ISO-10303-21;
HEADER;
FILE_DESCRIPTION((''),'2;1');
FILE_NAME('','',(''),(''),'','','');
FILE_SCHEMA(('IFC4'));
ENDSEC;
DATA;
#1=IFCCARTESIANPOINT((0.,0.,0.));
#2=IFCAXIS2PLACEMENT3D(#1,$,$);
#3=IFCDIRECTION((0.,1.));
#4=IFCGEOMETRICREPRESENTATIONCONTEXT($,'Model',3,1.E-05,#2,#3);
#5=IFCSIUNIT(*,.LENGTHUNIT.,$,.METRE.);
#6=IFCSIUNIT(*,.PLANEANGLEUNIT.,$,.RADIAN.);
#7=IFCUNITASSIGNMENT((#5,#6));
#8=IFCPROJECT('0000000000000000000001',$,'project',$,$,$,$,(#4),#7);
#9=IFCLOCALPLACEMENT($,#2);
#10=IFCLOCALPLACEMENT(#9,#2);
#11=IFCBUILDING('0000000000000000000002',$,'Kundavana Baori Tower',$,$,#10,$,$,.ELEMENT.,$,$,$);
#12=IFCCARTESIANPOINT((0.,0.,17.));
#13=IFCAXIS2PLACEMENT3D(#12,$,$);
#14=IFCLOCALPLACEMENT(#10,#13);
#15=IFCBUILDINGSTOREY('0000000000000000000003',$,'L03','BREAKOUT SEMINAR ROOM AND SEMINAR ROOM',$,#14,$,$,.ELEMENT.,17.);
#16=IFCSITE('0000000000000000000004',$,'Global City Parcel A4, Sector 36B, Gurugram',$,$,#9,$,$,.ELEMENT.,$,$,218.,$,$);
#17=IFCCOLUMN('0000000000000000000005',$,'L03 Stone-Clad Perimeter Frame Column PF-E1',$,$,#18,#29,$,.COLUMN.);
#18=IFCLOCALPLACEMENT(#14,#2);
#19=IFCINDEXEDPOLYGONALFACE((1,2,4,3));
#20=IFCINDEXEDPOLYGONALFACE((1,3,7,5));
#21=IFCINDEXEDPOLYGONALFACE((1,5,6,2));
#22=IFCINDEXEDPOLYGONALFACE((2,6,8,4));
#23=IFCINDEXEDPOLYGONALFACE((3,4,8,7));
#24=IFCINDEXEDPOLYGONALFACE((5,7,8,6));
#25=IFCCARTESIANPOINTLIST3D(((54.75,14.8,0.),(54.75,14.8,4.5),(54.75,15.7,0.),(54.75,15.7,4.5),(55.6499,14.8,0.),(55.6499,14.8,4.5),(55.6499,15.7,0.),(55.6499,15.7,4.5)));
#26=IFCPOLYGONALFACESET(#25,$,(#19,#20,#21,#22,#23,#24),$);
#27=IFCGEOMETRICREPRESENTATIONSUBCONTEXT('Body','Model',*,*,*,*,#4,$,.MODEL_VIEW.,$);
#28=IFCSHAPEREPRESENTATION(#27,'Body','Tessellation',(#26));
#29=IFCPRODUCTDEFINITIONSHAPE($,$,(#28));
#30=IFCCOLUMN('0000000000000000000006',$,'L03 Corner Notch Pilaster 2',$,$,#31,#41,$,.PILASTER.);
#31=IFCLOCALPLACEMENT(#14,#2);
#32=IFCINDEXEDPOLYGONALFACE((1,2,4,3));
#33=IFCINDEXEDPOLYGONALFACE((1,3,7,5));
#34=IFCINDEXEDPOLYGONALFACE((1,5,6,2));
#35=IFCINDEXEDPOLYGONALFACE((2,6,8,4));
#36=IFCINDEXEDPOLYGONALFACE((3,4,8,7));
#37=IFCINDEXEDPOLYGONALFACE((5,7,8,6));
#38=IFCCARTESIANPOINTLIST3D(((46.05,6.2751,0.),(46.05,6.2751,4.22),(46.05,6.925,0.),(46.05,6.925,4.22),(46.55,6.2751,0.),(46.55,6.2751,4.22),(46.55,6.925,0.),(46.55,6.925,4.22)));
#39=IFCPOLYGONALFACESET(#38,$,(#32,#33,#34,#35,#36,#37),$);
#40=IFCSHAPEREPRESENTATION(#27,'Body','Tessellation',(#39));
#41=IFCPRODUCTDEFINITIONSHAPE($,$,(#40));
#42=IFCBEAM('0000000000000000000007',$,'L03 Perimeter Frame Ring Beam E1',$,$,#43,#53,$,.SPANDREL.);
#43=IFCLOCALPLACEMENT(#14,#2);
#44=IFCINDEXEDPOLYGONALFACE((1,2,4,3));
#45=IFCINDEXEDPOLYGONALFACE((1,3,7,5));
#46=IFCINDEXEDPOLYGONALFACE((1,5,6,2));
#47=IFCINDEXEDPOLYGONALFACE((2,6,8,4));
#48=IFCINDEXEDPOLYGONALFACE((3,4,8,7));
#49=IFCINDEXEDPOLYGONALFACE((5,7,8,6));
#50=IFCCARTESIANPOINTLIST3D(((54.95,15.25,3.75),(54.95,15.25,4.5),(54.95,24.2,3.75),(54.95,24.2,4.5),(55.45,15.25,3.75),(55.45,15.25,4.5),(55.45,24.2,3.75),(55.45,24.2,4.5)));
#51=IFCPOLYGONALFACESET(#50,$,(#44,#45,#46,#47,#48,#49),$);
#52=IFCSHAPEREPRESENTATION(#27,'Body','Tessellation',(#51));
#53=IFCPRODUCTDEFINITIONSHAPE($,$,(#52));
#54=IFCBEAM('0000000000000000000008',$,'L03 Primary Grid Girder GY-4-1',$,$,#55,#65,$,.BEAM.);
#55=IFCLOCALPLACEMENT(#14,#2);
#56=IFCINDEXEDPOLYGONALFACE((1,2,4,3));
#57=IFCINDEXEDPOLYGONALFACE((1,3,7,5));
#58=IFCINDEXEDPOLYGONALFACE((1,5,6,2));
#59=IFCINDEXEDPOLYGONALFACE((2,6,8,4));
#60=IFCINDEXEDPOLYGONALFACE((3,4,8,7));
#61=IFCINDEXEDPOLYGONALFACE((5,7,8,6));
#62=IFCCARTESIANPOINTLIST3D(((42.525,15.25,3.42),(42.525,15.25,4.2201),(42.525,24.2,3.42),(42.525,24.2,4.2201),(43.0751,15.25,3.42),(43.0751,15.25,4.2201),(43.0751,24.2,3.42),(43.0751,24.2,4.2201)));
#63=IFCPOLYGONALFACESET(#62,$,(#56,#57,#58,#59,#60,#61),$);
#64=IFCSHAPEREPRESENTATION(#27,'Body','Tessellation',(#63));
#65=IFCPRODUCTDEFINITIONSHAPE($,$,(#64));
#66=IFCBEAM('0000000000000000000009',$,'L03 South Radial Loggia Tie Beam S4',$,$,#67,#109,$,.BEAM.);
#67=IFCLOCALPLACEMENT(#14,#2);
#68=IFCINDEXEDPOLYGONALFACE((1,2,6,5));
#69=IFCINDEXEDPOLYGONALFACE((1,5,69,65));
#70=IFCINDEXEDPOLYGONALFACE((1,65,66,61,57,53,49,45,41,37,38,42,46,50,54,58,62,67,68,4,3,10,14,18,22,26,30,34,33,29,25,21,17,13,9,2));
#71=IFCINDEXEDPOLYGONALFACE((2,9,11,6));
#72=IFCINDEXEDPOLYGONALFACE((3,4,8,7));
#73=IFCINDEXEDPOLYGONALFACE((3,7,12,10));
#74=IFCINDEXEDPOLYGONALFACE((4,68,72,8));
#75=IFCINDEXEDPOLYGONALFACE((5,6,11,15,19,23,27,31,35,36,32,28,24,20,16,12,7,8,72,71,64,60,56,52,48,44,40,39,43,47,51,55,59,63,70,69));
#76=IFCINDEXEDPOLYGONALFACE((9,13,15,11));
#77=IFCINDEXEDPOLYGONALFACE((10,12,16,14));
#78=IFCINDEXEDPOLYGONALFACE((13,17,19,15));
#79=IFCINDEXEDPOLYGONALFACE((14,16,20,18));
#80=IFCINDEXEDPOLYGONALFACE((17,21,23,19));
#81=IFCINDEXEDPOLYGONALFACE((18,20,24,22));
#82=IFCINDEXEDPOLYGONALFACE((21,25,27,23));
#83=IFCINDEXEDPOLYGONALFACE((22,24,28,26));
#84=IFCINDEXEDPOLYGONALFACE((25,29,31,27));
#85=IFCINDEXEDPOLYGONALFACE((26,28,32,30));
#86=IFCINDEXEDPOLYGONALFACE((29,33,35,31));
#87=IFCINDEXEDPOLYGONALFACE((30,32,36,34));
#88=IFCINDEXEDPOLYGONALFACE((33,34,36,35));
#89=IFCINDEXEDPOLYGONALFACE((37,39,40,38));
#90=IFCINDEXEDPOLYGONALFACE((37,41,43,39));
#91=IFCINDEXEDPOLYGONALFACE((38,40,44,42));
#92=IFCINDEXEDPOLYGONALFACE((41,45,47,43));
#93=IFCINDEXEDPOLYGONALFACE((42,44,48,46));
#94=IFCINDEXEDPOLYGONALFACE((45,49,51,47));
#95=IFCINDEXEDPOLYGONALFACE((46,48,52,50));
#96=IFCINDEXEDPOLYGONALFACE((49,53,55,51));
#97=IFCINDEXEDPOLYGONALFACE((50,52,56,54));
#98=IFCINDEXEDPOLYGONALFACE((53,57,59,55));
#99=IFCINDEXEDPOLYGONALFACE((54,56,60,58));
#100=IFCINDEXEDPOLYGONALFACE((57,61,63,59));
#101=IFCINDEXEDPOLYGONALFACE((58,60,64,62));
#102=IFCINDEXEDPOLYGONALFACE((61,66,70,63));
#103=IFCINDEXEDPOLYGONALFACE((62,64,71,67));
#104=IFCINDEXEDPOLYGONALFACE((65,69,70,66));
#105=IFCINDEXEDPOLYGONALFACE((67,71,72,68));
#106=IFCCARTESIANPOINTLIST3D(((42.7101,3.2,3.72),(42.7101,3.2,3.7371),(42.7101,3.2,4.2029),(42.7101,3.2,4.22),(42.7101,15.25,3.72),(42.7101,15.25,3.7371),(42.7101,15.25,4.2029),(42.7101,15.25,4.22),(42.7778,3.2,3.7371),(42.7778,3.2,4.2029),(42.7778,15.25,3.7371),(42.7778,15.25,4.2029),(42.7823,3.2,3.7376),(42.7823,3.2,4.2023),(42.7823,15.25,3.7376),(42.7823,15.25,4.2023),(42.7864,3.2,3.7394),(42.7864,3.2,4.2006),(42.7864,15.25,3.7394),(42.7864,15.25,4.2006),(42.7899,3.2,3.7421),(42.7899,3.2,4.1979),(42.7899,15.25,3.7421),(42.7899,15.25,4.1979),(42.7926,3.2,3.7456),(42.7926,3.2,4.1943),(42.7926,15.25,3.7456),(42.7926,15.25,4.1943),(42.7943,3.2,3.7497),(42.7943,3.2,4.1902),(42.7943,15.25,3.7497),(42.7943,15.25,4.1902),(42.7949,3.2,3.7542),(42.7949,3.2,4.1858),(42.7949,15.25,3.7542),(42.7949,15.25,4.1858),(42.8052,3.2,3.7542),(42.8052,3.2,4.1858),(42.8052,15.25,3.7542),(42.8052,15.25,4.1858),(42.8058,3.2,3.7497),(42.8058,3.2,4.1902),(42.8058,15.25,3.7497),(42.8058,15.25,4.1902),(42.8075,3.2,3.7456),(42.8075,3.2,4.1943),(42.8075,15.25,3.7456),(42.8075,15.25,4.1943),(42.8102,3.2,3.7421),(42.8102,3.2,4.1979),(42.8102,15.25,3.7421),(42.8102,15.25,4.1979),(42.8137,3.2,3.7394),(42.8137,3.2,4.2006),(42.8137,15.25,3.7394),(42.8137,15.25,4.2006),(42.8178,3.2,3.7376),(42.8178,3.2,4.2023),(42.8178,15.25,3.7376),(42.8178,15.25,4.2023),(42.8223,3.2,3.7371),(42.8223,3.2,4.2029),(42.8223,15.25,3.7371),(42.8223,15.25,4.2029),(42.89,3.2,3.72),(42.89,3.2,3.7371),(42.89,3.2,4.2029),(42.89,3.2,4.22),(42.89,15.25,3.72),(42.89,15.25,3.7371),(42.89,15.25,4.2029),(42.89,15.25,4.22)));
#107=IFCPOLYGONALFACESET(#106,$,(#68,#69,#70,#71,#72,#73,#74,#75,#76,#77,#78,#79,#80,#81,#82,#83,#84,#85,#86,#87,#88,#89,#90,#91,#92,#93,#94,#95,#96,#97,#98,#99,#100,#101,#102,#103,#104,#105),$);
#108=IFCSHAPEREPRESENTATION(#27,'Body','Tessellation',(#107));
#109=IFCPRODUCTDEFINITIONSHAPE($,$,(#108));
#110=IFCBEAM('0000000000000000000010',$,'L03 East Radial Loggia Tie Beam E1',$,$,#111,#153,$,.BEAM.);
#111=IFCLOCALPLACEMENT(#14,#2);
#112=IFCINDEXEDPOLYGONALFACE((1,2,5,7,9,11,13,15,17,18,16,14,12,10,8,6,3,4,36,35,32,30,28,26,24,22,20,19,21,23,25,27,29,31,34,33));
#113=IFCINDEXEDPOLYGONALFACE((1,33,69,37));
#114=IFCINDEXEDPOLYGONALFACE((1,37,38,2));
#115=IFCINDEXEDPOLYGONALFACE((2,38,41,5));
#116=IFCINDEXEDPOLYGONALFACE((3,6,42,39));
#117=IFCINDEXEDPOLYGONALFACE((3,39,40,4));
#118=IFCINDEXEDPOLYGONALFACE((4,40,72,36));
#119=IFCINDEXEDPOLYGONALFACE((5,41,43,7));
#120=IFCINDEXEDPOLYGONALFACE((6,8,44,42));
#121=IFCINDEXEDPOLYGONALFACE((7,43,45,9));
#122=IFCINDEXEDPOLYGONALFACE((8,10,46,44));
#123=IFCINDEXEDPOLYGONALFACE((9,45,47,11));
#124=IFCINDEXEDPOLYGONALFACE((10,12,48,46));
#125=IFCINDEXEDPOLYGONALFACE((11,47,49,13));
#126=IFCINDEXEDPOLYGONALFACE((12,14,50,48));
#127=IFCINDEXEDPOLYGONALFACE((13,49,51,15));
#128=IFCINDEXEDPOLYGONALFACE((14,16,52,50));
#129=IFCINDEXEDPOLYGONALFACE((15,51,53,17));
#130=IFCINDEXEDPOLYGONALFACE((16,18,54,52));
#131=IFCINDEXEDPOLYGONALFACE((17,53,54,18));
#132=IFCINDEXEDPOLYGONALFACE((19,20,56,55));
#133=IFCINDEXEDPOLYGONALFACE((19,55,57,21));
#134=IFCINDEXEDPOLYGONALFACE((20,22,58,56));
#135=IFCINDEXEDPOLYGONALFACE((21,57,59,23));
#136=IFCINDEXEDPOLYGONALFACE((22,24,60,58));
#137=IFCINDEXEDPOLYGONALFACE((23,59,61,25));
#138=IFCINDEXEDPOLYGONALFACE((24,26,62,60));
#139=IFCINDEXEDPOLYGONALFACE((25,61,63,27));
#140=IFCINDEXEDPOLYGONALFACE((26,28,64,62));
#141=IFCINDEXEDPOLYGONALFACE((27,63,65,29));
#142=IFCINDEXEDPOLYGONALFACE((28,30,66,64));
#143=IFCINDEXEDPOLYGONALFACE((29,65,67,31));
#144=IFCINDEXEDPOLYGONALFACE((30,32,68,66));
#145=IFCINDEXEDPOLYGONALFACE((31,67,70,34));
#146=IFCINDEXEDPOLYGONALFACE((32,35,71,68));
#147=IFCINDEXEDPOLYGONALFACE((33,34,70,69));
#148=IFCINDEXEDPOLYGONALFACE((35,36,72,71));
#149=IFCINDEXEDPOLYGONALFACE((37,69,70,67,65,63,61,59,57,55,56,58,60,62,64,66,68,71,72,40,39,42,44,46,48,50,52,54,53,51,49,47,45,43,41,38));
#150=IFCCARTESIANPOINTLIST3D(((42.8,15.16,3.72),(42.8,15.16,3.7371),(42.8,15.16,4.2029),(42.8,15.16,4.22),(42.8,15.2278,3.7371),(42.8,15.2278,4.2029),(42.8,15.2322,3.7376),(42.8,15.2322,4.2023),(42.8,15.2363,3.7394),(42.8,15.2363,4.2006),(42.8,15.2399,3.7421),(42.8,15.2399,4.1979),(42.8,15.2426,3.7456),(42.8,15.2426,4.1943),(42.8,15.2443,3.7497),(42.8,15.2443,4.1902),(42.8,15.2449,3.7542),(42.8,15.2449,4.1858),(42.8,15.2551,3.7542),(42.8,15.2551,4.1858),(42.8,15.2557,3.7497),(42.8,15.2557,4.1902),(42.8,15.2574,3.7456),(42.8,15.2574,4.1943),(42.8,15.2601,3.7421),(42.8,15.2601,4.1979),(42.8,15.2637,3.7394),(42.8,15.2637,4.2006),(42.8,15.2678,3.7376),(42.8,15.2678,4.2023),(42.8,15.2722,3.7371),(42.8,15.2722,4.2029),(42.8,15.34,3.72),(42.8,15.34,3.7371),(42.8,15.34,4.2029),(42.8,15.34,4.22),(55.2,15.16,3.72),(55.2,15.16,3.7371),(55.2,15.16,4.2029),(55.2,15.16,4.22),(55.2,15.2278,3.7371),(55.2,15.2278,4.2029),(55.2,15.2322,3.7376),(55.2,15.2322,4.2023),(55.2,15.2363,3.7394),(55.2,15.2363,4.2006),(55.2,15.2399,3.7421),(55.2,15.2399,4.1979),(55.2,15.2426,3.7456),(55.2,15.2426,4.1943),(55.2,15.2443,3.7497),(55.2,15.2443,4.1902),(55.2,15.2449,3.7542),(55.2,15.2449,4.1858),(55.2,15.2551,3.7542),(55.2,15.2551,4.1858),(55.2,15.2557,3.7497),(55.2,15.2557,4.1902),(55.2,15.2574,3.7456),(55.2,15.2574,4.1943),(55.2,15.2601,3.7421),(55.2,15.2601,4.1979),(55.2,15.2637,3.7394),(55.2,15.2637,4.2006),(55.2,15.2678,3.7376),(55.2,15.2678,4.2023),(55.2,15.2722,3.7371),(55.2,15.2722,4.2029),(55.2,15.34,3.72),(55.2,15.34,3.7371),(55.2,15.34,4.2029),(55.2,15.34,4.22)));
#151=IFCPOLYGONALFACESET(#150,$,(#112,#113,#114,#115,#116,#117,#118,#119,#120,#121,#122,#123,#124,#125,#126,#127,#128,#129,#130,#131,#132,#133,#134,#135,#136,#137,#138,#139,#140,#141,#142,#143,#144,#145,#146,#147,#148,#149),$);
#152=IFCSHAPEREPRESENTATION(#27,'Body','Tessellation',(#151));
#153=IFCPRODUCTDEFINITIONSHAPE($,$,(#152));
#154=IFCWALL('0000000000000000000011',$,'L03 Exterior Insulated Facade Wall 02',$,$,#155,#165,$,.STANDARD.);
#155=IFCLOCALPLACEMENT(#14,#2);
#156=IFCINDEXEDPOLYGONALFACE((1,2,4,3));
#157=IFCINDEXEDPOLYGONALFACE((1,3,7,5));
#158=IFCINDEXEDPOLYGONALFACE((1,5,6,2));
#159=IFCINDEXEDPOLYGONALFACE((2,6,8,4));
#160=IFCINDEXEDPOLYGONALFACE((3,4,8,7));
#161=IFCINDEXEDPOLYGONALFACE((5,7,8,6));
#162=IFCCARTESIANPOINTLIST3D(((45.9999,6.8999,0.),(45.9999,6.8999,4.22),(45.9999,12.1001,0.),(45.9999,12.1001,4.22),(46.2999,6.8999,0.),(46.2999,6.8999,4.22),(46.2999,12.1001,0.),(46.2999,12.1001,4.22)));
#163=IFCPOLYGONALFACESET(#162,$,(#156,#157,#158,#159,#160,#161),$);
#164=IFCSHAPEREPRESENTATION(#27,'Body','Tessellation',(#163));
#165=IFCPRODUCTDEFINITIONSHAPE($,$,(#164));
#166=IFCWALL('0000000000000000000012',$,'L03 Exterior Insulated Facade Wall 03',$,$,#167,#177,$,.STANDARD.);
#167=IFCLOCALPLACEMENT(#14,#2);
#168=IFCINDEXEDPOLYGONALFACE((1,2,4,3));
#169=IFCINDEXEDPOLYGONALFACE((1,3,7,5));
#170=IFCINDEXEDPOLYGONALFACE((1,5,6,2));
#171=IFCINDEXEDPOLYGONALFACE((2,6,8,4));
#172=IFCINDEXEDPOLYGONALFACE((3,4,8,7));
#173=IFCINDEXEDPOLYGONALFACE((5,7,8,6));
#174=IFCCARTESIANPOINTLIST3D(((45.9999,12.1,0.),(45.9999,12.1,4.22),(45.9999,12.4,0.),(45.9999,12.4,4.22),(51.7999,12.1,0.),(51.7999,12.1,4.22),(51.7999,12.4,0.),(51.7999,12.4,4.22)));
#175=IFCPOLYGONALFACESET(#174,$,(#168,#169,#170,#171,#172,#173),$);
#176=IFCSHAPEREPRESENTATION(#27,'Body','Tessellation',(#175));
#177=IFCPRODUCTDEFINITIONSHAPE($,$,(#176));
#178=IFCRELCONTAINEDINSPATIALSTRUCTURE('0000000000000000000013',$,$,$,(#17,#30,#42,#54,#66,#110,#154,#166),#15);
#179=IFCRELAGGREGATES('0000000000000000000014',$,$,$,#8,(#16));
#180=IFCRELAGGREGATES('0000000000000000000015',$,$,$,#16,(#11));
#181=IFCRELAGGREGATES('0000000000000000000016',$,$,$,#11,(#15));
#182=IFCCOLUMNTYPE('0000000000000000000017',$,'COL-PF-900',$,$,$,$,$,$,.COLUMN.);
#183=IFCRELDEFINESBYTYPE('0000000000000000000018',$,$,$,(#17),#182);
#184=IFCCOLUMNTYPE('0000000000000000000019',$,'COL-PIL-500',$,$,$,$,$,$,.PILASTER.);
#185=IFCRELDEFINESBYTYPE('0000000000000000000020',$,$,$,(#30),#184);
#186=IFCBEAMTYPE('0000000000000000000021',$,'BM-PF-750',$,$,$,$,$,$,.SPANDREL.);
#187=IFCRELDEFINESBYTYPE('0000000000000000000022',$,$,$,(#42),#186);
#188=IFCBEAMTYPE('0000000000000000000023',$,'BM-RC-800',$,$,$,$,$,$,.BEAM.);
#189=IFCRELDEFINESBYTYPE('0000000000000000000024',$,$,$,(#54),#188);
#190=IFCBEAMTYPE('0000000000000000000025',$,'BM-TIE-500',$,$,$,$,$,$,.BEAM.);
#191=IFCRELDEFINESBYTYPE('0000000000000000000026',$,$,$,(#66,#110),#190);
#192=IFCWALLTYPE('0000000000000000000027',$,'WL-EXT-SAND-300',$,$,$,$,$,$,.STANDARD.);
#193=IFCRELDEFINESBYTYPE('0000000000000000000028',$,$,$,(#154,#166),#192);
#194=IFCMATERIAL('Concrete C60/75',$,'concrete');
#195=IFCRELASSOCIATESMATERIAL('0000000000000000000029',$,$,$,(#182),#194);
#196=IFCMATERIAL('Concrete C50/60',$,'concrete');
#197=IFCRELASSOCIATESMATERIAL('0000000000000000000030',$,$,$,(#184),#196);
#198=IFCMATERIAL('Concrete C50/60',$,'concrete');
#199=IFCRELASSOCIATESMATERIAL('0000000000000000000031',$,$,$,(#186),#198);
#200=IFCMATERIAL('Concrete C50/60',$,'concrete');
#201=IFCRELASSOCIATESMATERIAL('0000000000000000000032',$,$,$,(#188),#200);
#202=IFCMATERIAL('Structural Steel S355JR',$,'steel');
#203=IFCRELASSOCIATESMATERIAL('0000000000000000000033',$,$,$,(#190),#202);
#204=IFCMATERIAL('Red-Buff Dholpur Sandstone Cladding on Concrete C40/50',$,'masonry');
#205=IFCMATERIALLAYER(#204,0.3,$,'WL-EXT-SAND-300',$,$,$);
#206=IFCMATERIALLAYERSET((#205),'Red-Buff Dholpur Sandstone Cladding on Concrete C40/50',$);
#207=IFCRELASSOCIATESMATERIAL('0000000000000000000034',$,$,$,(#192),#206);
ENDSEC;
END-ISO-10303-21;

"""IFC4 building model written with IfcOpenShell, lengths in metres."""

from ifc_helpers import new_model, si_unit, direction, frame, frame_2d, origin, origin_2d, place, context, subcontext, project, spatial, rectangle, i_section, extrude, material, layer, layer_set, material_profile, profile_set, type_object, element, save


model = new_model("IFC4")

# Units and contexts
model_context = context("Model", 3, precision=1e-05, world=origin(), true_north=direction((0.0, 1.0)))
body_context = subcontext(model_context, "Body", "Model", "MODEL_VIEW")
ifc_project = project(units=[si_unit("LENGTHUNIT", "METRE"), si_unit("PLANEANGLEUNIT", "RADIAN")], contexts=[model_context])

# Site, building, storey
site_placement = place(None, origin())
site = spatial("IfcSite", under=ifc_project, at=site_placement, Name="Global City Parcel A4, Sector 36B, Gurugram", CompositionType="ELEMENT", RefElevation=218.0)
building_placement = place(site_placement, origin())
building = spatial("IfcBuilding", under=site, at=building_placement, Name="Kundavana Baori Tower", CompositionType="ELEMENT")
storey_placement = place(building_placement, frame((0.0, 0.0, 17.0)))
storey = spatial("IfcBuildingStorey", under=building, at=storey_placement, Name="L03", Description="BREAKOUT SEMINAR ROOM AND SEMINAR ROOM", CompositionType="ELEMENT", Elevation=17.0)

# Columns
ifc_material_1 = material(Name="Concrete C60/75", Category="concrete")
ifc_material_profile_1 = material_profile(ifc_material_1, rectangle(XDim=0.8999, YDim=0.8999, at=origin_2d()), Name="RC PF 900x900")
ifc_profile_set_1 = profile_set([ifc_material_profile_1], Name="Concrete C60/75")
column_type_1 = type_object("IfcColumnType", Name="COL-PF-900", PredefinedType="COLUMN", material=ifc_profile_set_1)
column_1_placement = place(storey_placement, frame((55.2, 15.25, 0.0), z_axis=(0.0, 0.0, 1.0), x_axis=(1.0, 0.0, 0.0)))
element("IfcColumn", 1, at=column_1_placement, inside=storey, type_object=column_type_1, Name="L03 Stone-Clad Perimeter Frame Column PF-E1", PredefinedType="COLUMN", context=body_context, shape_type="SweptSolid", body=[
    extrude(rectangle(XDim=0.8999, YDim=0.8999, at=origin_2d()), origin(), (0.0, 0.0, 1.0), 4.5),
])
ifc_material_2 = material(Name="Concrete C50/60", Category="concrete")
ifc_material_profile_2 = material_profile(ifc_material_2, rectangle(XDim=0.5, YDim=0.6499, at=origin_2d()), Name="RC PIL 500x650")
ifc_profile_set_2 = profile_set([ifc_material_profile_2], Name="Concrete C50/60")
column_type_2 = type_object("IfcColumnType", Name="COL-PIL-500", PredefinedType="PILASTER", material=ifc_profile_set_2)
column_2_placement = place(storey_placement, frame((46.3, 6.6001, 0.0), z_axis=(0.0, 0.0, 1.0), x_axis=(1.0, 0.0, 0.0)))
element("IfcColumn", 2, at=column_2_placement, inside=storey, type_object=column_type_2, Name="L03 Corner Notch Pilaster 2", PredefinedType="PILASTER", context=body_context, shape_type="SweptSolid", body=[
    extrude(rectangle(XDim=0.5, YDim=0.6499, at=origin_2d()), origin(), (0.0, 0.0, 1.0), 4.22),
])

# Beams
ifc_material_3 = material(Name="Concrete C50/60", Category="concrete")
ifc_material_profile_3 = material_profile(ifc_material_3, rectangle(XDim=0.5, YDim=0.75, at=origin_2d()), Name="RC BM 500x750")
ifc_profile_set_3 = profile_set([ifc_material_profile_3], Name="Concrete C50/60")
beam_type_1 = type_object("IfcBeamType", Name="BM-PF-750", PredefinedType="SPANDREL", material=ifc_profile_set_3)
beam_1_placement = place(storey_placement, frame((55.2, 15.25, 4.125), z_axis=(0.0, 1.0, 0.0), x_axis=(-1.0, 0.0, 0.0)))
element("IfcBeam", 3, at=beam_1_placement, inside=storey, type_object=beam_type_1, Name="L03 Perimeter Frame Ring Beam E1", PredefinedType="SPANDREL", context=body_context, shape_type="SweptSolid", body=[
    extrude(rectangle(XDim=0.5, YDim=0.75, at=origin_2d()), origin(), (0.0, 0.0, 1.0), 8.95),
])
ifc_material_4 = material(Name="Concrete C50/60", Category="concrete")
ifc_material_profile_4 = material_profile(ifc_material_4, rectangle(XDim=0.55, YDim=0.8, at=origin_2d()), Name="RC BM 550x800")
ifc_profile_set_4 = profile_set([ifc_material_profile_4], Name="Concrete C50/60")
beam_type_2 = type_object("IfcBeamType", Name="BM-RC-800", PredefinedType="BEAM", material=ifc_profile_set_4)
beam_2_placement = place(storey_placement, frame((42.8, 15.25, 3.8201), z_axis=(0.0, 1.0, 0.0), x_axis=(-1.0, 0.0, 0.0)))
element("IfcBeam", 4, at=beam_2_placement, inside=storey, type_object=beam_type_2, Name="L03 Primary Grid Girder GY-4-1", PredefinedType="BEAM", context=body_context, shape_type="SweptSolid", body=[
    extrude(rectangle(XDim=0.55, YDim=0.8, at=origin_2d()), origin(), (0.0, 0.0, 1.0), 8.95),
])
ifc_material_5 = material(Name="Structural Steel S355JR", Category="steel")
ifc_material_profile_5 = material_profile(ifc_material_5, i_section(OverallWidth=0.1799, OverallDepth=0.5, WebThickness=0.0103, FlangeThickness=0.0171, FilletRadius=0.0171, at=origin_2d()), Name="ISMB 500")
ifc_profile_set_5 = profile_set([ifc_material_profile_5], Name="Structural Steel S355JR")
beam_type_3 = type_object("IfcBeamType", Name="BM-TIE-500", PredefinedType="BEAM", material=ifc_profile_set_5)
beam_3_placement = place(storey_placement, frame((42.8, 15.25, 3.97), z_axis=(0.0, -1.0, 0.0), x_axis=(1.0, 0.0, 0.0)))
element("IfcBeam", 5, at=beam_3_placement, inside=storey, type_object=beam_type_3, Name="L03 South Radial Loggia Tie Beam S4", PredefinedType="BEAM", context=body_context, shape_type="SweptSolid", body=[
    extrude(i_section(OverallWidth=0.1799, OverallDepth=0.5, WebThickness=0.0103, FlangeThickness=0.0171, FilletRadius=0.0171, at=origin_2d()), origin(), (0.0, 0.0, 1.0), 12.05),
])
beam_4_placement = place(storey_placement, frame((42.8, 15.25, 3.97), z_axis=(1.0, 0.0, 0.0), x_axis=(0.0, 1.0, 0.0)))
element("IfcBeam", 6, at=beam_4_placement, inside=storey, type_object=beam_type_3, Name="L03 East Radial Loggia Tie Beam E1", PredefinedType="BEAM", context=body_context, shape_type="SweptSolid", body=[
    extrude(i_section(OverallWidth=0.1799, OverallDepth=0.5, WebThickness=0.0103, FlangeThickness=0.0171, FilletRadius=0.0171, at=origin_2d()), origin(), (0.0, 0.0, 1.0), 12.3999),
])

# Walls
ifc_material_6 = material(Name="Red-Buff Dholpur Sandstone Cladding on Concrete C40/50", Category="masonry")
ifc_layer_1 = layer(ifc_material_6, 0.3, Name="WL-EXT-SAND-300")
ifc_layer_set_1 = layer_set([ifc_layer_1], Name="Red-Buff Dholpur Sandstone Cladding on Concrete C40/50")
wall_type_1 = type_object("IfcWallType", Name="WL-EXT-SAND-300", PredefinedType="STANDARD", material=ifc_layer_set_1)
wall_1_placement = place(storey_placement, frame((46.1499, 6.8999, 0.0), z_axis=(0.0, 0.0, 1.0), x_axis=(0.0, 1.0, 0.0)))
element("IfcWall", 7, at=wall_1_placement, inside=storey, type_object=wall_type_1, Name="L03 Exterior Insulated Facade Wall 02", PredefinedType="STANDARD", context=body_context, shape_type="SweptSolid", body=[
    extrude(rectangle(XDim=5.2002, YDim=0.3, at=frame_2d((2.6001, 0.0))), origin(), (0.0, 0.0, 1.0), 4.22),
])
wall_2_placement = place(storey_placement, frame((46.0, 12.25, 0.0), z_axis=(0.0, 0.0, 1.0), x_axis=(1.0, 0.0, 0.0)))
element("IfcWall", 8, at=wall_2_placement, inside=storey, type_object=wall_type_1, Name="L03 Exterior Insulated Facade Wall 03", PredefinedType="STANDARD", context=body_context, shape_type="SweptSolid", body=[
    extrude(rectangle(XDim=5.8, YDim=0.3, at=frame_2d((2.8999, 0.0))), origin(), (0.0, 0.0, 1.0), 4.22),
])

save(model, "model.ifc")
